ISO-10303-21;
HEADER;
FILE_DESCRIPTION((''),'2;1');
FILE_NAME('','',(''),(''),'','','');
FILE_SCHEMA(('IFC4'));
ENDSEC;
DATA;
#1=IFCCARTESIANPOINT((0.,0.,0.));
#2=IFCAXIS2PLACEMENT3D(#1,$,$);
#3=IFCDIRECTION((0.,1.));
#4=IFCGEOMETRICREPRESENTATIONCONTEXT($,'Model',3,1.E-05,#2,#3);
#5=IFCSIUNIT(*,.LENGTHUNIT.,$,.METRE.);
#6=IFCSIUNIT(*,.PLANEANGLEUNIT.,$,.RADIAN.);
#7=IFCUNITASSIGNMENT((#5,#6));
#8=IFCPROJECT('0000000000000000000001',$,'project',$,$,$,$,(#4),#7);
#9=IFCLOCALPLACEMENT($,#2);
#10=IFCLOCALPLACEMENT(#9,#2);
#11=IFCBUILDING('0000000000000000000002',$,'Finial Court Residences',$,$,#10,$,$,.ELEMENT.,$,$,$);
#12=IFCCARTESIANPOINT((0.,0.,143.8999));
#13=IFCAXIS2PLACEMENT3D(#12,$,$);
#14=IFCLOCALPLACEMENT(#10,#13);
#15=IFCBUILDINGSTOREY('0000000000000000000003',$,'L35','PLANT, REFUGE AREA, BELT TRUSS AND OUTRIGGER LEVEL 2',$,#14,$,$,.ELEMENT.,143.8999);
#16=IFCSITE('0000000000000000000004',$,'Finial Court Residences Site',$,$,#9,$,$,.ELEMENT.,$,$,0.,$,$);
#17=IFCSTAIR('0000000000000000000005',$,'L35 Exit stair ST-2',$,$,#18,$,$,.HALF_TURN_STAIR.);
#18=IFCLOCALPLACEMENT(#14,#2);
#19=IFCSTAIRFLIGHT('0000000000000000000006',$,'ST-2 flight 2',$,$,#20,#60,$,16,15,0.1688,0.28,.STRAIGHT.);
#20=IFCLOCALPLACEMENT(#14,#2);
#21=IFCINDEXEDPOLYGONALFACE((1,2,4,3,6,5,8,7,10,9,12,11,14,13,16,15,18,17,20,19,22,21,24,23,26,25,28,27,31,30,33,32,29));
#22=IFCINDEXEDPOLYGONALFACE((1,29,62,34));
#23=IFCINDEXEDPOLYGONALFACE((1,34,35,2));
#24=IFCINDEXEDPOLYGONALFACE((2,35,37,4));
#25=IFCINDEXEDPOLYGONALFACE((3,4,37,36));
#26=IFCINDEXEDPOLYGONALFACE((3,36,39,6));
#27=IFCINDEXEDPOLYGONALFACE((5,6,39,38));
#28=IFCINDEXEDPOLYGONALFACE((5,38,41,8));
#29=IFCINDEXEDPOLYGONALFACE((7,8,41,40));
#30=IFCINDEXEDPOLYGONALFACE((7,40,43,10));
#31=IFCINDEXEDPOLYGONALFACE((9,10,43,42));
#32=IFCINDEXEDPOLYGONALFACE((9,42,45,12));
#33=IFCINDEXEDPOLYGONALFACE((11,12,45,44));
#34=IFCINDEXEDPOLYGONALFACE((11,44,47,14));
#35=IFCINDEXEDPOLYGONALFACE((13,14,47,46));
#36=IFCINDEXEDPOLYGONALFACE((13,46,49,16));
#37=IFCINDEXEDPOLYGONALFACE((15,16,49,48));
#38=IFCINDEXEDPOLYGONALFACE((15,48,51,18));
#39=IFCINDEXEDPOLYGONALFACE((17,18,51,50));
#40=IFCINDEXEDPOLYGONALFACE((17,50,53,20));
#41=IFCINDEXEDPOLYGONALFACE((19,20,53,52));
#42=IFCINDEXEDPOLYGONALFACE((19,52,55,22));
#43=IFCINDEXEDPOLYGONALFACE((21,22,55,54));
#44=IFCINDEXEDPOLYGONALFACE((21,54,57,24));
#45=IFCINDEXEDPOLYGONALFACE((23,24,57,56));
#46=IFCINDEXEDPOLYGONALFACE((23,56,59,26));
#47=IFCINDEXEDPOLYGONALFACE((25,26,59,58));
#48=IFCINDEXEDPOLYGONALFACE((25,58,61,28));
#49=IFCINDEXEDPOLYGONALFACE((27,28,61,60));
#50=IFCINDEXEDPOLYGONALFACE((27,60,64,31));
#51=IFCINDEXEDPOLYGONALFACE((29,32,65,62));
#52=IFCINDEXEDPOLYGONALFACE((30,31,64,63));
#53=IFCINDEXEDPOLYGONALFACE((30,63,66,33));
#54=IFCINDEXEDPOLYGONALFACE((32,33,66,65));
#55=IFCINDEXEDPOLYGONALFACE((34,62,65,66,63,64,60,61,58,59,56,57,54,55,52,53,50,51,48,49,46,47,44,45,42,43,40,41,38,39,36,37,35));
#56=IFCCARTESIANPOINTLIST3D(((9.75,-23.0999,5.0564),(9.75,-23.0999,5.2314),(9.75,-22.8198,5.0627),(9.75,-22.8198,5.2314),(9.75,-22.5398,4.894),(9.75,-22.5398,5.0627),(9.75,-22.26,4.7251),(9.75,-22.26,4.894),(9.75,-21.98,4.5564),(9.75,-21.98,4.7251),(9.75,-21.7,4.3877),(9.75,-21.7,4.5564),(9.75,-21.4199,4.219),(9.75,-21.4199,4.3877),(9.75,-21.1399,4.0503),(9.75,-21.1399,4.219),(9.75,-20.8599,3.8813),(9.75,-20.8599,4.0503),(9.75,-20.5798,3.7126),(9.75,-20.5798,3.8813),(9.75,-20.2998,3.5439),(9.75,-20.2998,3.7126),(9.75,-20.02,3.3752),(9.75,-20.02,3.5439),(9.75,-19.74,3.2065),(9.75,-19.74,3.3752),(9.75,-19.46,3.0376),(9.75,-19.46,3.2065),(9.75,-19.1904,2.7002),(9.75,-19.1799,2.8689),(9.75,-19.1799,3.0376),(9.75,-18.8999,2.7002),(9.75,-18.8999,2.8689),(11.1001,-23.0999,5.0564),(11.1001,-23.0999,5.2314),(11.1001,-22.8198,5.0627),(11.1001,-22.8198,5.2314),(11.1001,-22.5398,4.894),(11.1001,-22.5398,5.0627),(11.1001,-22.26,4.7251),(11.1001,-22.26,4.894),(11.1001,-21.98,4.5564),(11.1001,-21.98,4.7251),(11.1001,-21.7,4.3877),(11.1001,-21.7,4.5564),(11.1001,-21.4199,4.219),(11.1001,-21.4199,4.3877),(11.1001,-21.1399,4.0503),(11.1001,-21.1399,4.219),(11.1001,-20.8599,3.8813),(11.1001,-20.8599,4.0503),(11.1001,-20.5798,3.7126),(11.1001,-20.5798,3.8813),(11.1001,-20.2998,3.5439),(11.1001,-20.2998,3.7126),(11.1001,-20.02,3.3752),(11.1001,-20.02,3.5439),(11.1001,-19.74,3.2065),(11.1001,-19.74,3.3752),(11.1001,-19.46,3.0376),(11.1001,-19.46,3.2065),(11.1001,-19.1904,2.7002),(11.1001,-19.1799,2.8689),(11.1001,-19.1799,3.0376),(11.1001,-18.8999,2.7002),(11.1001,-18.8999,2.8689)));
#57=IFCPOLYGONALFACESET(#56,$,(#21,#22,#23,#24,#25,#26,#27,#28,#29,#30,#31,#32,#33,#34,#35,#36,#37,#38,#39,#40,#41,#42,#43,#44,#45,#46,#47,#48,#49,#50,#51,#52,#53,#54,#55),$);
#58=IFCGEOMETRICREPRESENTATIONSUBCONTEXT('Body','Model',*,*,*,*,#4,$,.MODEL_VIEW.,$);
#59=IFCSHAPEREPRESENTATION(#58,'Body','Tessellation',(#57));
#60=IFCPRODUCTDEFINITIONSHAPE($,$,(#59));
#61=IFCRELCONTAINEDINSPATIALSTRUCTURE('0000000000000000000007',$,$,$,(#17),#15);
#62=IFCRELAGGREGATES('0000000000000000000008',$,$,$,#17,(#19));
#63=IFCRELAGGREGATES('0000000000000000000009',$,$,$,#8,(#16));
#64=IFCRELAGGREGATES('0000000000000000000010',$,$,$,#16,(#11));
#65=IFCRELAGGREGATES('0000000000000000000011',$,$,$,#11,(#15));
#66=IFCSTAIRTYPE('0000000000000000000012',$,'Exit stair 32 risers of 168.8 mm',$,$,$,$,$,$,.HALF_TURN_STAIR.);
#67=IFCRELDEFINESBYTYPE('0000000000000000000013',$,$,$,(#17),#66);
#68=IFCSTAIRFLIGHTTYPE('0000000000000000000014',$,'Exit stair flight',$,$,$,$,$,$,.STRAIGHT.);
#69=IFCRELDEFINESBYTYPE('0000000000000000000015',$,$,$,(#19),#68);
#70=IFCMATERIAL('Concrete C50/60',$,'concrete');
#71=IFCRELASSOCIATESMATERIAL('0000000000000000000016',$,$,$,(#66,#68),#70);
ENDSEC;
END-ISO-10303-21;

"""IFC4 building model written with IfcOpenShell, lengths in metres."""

from ifc_helpers import new_model, si_unit, direction, frame, origin, place, context, subcontext, project, spatial, polyline, outline, extrude, material, type_object, element, aggregate, save


model = new_model("IFC4")

# Units and contexts
model_context = context("Model", 3, precision=1e-05, world=origin(), true_north=direction((0.0, 1.0)))
body_context = subcontext(model_context, "Body", "Model", "MODEL_VIEW")
ifc_project = project(units=[si_unit("LENGTHUNIT", "METRE"), si_unit("PLANEANGLEUNIT", "RADIAN")], contexts=[model_context])

# Site, building, storey
site_placement = place(None, origin())
site = spatial("IfcSite", under=ifc_project, at=site_placement, Name="Finial Court Residences Site", CompositionType="ELEMENT", RefElevation=0.0)
building_placement = place(site_placement, origin())
building = spatial("IfcBuilding", under=site, at=building_placement, Name="Finial Court Residences", CompositionType="ELEMENT")
storey_placement = place(building_placement, frame((0.0, 0.0, 143.8999)))
storey = spatial("IfcBuildingStorey", under=building, at=storey_placement, Name="L35", Description="PLANT, REFUGE AREA, BELT TRUSS AND OUTRIGGER LEVEL 2", CompositionType="ELEMENT", Elevation=143.8999)

# Stair, stair flight
ifc_material_1 = material(Name="Concrete C50/60", Category="concrete")
stair_type = type_object("IfcStairType", Name="Exit stair 32 risers of 168.8 mm", PredefinedType="HALF_TURN_STAIR", material=ifc_material_1)
stair_placement = place(storey_placement, origin())
stair = element("IfcStair", 1, at=stair_placement, inside=storey, type_object=stair_type, Name="L35 Exit stair ST-2", PredefinedType="HALF_TURN_STAIR")
stair_flight_type = type_object("IfcStairFlightType", Name="Exit stair flight", PredefinedType="STRAIGHT", material=ifc_material_1)
stair_flight_placement = place(storey_placement, frame((10.425, -18.8999, 2.7002), z_axis=(0.0, 0.0, 1.0), x_axis=(0.0, -1.0, 0.0)))
stair_flight = element("IfcStairFlight", 2, at=stair_flight_placement, type_object=stair_flight_type, Name="ST-2 flight 2", NumberOfRisers=16, NumberOfTreads=15, PredefinedType="STRAIGHT", RiserHeight=0.1688, TreadLength=0.28, context=body_context, shape_type="SweptSolid", body=[
    extrude(outline(polyline([(0.0, 0.0), (0.0, 0.1687), (0.28, 0.1687), (0.28, 0.3374), (0.5601, 0.3374), (0.5601, 0.5063), (0.8401, 0.5063), (0.8401, 0.675), (1.1201, 0.675), (1.1201, 0.8438), (1.3999, 0.8438), (1.3999, 1.0125), (1.6799, 1.0125), (1.6799, 1.1812), (1.96, 1.1812), (1.96, 1.3501), (2.24, 1.3501), (2.24, 1.5188), (2.52, 1.5188), (2.52, 1.6875), (2.8, 1.6875), (2.8, 1.8562), (3.0801, 1.8562), (3.0801, 2.0249), (3.3601, 2.0249), (3.3601, 2.1938), (3.6399, 2.1938), (3.6399, 2.3625), (3.9199, 2.3625), (3.9199, 2.5312), (4.2, 2.5312), (4.2, 2.7), (4.2, 2.3562), (0.2905, 0.0), (0.0, 0.0)])), frame((0.0, 0.675, 0.0), z_axis=(0.0, -1.0, 0.0), x_axis=(1.0, 0.0, 0.0)), (0.0, 0.0, 1.0), 1.3501),
])
aggregate(stair, [stair_flight])

save(model, "model.ifc")
